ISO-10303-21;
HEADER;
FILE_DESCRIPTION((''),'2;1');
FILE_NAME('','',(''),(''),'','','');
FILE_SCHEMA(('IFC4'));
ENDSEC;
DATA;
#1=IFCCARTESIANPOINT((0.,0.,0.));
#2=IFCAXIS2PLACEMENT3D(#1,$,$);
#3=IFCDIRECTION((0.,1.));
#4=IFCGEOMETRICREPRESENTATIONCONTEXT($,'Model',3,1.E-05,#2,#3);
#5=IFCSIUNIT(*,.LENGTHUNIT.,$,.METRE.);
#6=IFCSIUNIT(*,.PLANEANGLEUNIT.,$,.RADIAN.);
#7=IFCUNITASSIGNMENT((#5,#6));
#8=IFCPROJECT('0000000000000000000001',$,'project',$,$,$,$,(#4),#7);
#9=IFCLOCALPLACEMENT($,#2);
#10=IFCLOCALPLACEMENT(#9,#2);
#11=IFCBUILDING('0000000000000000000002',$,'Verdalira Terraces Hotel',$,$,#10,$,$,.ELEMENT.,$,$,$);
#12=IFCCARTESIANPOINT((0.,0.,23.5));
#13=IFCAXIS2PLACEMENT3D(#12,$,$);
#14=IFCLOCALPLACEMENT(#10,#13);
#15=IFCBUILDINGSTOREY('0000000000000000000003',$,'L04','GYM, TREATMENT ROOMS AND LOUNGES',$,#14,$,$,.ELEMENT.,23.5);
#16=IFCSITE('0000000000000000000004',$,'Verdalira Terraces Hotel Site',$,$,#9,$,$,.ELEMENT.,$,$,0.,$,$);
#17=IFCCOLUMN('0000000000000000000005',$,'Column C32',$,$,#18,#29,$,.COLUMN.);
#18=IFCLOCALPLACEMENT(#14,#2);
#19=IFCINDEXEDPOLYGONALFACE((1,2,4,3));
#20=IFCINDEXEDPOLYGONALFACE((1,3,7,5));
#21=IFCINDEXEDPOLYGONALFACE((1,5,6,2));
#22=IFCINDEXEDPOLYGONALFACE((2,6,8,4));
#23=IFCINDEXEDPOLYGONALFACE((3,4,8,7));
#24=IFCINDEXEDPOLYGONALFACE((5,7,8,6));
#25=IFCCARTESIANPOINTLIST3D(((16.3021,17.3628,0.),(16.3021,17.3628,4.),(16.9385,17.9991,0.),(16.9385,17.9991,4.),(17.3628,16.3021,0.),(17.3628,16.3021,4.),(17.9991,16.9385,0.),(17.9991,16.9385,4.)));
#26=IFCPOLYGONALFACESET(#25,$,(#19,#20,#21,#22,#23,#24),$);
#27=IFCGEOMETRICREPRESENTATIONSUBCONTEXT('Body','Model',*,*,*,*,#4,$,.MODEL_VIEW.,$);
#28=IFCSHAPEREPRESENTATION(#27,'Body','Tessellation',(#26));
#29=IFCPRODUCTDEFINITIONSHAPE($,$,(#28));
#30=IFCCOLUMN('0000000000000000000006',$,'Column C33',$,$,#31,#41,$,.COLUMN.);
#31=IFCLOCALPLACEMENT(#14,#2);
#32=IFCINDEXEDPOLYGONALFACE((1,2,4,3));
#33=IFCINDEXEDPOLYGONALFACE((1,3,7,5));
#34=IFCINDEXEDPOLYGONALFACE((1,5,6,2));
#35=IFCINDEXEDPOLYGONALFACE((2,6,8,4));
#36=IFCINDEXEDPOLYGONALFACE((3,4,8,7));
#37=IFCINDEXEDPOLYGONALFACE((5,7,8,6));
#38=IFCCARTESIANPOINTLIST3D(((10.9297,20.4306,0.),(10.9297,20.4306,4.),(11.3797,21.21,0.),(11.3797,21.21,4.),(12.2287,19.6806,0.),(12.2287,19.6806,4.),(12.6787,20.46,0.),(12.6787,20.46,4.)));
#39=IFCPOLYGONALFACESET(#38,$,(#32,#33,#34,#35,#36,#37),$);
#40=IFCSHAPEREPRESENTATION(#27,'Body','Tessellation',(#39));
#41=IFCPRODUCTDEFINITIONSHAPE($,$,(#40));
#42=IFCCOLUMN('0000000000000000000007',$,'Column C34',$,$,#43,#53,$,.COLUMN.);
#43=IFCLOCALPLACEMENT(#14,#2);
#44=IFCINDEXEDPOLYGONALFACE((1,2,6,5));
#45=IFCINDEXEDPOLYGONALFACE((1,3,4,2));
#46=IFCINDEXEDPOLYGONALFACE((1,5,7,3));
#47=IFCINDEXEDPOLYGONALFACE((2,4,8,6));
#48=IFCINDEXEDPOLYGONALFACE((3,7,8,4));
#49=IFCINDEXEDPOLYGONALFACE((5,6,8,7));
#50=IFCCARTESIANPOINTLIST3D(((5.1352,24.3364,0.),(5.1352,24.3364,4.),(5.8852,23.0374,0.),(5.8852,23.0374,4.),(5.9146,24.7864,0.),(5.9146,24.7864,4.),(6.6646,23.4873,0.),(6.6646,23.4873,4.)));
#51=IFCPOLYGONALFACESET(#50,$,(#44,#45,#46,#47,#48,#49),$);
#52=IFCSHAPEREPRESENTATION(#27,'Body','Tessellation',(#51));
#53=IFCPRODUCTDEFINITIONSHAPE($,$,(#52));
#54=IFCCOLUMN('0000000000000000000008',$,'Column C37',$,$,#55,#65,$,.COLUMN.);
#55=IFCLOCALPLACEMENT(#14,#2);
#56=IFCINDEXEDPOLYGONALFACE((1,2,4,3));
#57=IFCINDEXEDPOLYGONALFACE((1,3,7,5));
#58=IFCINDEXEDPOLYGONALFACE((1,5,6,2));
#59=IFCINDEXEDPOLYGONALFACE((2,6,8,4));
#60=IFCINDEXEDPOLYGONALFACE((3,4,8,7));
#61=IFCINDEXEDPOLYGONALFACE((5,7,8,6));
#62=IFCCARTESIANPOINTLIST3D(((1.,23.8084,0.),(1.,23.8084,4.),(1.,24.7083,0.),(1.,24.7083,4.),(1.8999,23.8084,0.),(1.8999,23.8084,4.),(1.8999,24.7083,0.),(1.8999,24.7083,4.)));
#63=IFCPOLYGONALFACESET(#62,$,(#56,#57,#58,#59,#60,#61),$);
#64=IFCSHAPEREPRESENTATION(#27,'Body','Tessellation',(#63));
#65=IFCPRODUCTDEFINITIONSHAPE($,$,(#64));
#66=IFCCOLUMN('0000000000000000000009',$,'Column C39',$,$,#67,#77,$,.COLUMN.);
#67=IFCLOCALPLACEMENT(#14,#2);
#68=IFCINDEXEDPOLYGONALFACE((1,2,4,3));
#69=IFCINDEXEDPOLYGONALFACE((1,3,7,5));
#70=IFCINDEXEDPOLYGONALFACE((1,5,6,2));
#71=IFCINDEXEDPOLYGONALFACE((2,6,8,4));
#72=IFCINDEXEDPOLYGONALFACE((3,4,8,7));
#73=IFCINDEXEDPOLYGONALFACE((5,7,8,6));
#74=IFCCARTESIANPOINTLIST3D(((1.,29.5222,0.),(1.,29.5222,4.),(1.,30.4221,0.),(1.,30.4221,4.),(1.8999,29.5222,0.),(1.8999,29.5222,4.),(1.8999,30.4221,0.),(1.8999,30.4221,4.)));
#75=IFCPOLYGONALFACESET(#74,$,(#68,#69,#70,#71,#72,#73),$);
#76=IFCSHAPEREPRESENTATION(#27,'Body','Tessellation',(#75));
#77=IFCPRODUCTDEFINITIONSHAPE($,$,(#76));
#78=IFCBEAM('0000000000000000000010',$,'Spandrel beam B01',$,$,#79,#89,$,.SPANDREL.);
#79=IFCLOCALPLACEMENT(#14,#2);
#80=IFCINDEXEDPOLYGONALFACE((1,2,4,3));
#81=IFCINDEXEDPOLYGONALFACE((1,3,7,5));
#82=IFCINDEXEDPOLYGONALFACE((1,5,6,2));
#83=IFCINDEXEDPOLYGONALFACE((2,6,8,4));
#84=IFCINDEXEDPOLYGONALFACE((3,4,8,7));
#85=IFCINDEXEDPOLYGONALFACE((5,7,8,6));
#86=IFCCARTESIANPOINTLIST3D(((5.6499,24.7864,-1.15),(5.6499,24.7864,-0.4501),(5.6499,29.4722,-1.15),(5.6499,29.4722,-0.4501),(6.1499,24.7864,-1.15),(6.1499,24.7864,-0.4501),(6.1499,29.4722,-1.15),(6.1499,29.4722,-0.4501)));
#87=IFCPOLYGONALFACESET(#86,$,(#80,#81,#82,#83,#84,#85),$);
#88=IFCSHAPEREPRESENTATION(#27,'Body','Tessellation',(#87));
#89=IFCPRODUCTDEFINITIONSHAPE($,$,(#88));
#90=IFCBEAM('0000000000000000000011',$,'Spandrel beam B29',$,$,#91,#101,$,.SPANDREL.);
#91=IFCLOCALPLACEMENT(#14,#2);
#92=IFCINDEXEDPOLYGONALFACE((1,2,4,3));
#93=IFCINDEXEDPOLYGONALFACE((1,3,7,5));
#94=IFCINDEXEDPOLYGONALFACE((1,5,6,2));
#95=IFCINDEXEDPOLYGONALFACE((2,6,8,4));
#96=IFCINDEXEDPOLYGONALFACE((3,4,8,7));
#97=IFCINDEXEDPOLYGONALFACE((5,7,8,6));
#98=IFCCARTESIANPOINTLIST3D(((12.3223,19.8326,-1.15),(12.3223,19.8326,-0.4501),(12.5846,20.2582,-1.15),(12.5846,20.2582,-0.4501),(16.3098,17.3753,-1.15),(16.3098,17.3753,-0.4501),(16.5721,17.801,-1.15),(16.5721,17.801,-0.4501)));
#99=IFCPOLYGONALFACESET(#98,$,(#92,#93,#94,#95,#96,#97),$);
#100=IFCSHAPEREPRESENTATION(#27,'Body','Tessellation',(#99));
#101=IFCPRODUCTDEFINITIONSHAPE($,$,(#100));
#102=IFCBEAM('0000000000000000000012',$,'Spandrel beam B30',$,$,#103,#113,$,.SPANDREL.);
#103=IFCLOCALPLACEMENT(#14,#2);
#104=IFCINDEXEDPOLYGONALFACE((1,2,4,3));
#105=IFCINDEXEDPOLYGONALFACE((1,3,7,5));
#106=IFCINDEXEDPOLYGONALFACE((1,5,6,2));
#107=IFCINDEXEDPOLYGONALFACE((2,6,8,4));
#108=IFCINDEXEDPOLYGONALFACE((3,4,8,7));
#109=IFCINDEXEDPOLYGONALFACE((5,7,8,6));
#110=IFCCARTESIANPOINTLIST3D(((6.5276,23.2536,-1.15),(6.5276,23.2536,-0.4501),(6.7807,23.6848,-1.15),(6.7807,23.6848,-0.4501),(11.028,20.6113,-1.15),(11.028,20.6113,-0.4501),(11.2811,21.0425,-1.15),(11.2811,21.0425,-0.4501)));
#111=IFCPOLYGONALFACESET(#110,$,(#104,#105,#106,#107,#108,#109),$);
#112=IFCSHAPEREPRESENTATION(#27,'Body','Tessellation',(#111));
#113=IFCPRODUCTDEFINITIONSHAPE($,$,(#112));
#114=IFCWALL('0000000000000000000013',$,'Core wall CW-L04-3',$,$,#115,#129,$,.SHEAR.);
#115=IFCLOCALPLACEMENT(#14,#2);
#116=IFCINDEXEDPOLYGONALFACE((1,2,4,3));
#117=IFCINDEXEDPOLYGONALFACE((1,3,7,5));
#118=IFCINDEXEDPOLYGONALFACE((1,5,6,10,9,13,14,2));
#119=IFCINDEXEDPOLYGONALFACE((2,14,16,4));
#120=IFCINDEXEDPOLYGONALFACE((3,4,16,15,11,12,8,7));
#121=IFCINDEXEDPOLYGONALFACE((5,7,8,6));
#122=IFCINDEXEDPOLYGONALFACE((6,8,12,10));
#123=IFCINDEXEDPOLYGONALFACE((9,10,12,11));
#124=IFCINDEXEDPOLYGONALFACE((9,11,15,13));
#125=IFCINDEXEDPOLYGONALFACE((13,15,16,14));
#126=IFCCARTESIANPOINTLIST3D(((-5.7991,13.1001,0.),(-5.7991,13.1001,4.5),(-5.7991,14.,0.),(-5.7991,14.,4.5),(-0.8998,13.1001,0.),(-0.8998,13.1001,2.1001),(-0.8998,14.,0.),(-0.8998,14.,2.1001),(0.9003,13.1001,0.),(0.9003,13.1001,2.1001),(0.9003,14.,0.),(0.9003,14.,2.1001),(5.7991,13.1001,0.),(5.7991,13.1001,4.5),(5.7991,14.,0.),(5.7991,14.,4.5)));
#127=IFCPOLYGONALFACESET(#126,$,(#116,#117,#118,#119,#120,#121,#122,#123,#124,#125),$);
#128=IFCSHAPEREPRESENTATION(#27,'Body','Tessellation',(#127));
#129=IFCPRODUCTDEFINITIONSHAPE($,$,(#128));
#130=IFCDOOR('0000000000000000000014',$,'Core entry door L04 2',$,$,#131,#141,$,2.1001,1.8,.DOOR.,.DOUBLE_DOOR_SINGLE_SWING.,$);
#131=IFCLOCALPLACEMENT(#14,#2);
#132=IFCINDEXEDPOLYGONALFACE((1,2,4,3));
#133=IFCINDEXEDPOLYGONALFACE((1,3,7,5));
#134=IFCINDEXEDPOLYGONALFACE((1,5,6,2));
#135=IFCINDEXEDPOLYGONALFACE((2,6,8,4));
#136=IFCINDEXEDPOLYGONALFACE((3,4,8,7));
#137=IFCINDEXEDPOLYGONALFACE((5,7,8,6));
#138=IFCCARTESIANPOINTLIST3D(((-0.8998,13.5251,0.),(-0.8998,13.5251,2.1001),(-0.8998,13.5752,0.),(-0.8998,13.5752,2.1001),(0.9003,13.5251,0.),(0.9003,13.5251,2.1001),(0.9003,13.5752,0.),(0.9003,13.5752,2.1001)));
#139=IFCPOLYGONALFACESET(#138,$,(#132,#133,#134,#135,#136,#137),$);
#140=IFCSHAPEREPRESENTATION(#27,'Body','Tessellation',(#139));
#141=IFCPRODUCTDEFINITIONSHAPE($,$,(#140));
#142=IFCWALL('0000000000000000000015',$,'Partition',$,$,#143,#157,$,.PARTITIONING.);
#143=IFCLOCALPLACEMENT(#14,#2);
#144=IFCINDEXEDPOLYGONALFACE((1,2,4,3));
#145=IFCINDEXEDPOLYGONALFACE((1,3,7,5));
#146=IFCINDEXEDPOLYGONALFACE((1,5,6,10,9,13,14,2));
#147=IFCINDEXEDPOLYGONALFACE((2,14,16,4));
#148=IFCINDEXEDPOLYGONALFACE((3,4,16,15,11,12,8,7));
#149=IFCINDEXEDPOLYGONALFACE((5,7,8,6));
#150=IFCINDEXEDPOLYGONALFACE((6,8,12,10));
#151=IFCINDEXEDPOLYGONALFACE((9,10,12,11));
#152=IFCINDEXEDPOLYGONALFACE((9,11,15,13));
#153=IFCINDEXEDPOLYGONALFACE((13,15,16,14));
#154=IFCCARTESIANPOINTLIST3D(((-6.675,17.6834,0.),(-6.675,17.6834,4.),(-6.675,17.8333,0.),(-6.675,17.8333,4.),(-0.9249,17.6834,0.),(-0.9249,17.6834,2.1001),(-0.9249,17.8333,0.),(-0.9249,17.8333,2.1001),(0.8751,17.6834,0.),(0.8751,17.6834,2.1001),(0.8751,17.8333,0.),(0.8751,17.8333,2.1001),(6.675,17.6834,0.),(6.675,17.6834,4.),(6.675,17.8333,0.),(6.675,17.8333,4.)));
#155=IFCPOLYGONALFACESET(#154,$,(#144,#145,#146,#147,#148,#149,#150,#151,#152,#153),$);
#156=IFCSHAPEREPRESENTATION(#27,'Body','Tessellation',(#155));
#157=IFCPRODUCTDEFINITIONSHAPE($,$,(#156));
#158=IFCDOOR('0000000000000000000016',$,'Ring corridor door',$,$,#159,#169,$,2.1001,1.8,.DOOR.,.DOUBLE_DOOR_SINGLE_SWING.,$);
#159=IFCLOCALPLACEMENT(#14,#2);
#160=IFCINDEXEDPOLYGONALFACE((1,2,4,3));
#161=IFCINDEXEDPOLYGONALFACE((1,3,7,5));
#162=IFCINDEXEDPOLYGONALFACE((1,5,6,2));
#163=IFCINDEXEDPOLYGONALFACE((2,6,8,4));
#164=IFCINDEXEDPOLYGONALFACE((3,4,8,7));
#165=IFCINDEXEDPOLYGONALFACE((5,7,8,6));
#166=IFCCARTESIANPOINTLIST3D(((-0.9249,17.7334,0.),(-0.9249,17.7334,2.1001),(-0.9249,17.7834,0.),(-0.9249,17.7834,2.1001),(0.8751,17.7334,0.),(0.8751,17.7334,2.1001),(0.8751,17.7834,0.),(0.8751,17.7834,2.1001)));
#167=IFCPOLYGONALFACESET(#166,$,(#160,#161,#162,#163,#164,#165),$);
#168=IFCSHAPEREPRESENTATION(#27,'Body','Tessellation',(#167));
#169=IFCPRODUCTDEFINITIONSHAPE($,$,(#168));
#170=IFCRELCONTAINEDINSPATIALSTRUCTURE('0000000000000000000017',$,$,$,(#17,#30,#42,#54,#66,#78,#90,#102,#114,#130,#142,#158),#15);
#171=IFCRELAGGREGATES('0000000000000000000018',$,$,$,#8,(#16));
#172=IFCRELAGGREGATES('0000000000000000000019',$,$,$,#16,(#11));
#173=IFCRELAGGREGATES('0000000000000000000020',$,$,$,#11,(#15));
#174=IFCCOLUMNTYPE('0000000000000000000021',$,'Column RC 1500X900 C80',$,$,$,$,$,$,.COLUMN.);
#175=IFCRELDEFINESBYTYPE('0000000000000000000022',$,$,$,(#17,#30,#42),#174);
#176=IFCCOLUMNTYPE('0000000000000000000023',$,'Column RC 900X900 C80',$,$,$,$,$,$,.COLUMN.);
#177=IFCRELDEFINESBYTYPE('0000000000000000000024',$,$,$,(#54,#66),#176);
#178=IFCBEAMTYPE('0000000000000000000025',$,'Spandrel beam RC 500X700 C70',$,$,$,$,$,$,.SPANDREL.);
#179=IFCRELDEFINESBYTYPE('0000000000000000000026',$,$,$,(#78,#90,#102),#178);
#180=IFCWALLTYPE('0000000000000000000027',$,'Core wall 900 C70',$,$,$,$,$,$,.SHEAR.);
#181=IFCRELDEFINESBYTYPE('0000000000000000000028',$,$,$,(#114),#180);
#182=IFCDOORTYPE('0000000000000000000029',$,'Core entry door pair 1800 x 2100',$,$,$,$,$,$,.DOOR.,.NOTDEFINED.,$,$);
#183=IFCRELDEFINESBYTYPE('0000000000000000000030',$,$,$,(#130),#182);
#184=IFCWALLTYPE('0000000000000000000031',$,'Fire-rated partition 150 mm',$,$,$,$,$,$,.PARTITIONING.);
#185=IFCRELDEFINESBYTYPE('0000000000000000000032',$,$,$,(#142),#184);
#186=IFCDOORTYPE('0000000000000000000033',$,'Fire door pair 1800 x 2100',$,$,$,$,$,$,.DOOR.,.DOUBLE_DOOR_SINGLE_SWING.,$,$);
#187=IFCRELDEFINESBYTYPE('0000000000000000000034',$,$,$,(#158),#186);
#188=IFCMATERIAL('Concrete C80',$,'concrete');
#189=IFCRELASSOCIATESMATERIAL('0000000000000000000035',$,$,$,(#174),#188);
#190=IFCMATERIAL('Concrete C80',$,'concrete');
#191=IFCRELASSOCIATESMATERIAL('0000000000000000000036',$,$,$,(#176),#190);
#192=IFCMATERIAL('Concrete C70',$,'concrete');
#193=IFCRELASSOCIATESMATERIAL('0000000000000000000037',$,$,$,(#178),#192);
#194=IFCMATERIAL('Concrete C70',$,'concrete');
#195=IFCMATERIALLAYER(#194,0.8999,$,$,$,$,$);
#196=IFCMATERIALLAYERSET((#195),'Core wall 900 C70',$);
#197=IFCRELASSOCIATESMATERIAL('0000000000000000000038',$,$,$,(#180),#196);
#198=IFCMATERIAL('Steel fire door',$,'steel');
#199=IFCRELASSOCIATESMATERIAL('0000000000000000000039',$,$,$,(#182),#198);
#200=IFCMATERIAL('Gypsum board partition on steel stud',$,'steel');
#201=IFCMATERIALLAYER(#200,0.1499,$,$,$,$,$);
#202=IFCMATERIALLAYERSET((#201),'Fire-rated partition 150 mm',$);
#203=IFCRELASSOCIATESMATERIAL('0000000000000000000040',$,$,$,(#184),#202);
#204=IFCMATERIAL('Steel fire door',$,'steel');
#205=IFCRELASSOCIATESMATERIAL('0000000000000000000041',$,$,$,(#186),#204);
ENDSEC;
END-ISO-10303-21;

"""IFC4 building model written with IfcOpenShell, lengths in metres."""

from ifc_helpers import new_model, si_unit, direction, frame, frame_2d, origin, origin_2d, place, context, subcontext, project, spatial, rectangle, extrude, material, layer, layer_set, material_profile, profile_set, type_object, element, fill, save


model = new_model("IFC4")

# Units and contexts
model_context = context("Model", 3, precision=1e-05, world=origin(), true_north=direction((0.0, 1.0)))
body_context = subcontext(model_context, "Body", "Model", "MODEL_VIEW")
ifc_project = project(units=[si_unit("LENGTHUNIT", "METRE"), si_unit("PLANEANGLEUNIT", "RADIAN")], contexts=[model_context])

# Site, building, storey
site_placement = place(None, origin())
site = spatial("IfcSite", under=ifc_project, at=site_placement, Name="Verdalira Terraces Hotel Site", CompositionType="ELEMENT", RefElevation=0.0)
building_placement = place(site_placement, origin())
building = spatial("IfcBuilding", under=site, at=building_placement, Name="Verdalira Terraces Hotel", CompositionType="ELEMENT")
storey_placement = place(building_placement, frame((0.0, 0.0, 23.5)))
storey = spatial("IfcBuildingStorey", under=building, at=storey_placement, Name="L04", Description="GYM, TREATMENT ROOMS AND LOUNGES", CompositionType="ELEMENT", Elevation=23.5)

# Columns
ifc_material_1 = material(Name="Concrete C80", Category="concrete")
ifc_material_profile_1 = material_profile(ifc_material_1, rectangle(XDim=1.5, YDim=0.8999, at=origin_2d()), Name="RC 1500X900")
ifc_profile_set_1 = profile_set([ifc_material_profile_1], Name="Concrete C80")
column_type_1 = type_object("IfcColumnType", Name="Column RC 1500X900 C80", PredefinedType="COLUMN", material=ifc_profile_set_1)
for number, where, z_axis, x_axis, name in (
    (1, (17.1506, 17.1506, 0.0), (0.0, 0.0, 1.0), (0.707107, -0.707107, 0.0), "Column C32"),
    (2, (11.8042, 20.4453, 0.0), (0.0, 0.0, 1.0), (-0.866025, 0.5, 0.0), "Column C33"),
    (3, (5.8999, 23.9119, 0.0), (0.0, 0.0, 1.0), (0.5, -0.866025, 0.0), "Column C34"),
):
    element("IfcColumn", number, at=place(storey_placement, frame(where, z_axis=z_axis, x_axis=x_axis)), inside=storey, type_object=column_type_1, Name=name, PredefinedType="COLUMN", context=body_context, shape_type="SweptSolid", body=[
        extrude(rectangle(XDim=1.5, YDim=0.8999, at=origin_2d()), origin(), (0.0, 0.0, 1.0), 4.0),
    ])
ifc_material_2 = material(Name="Concrete C80", Category="concrete")
ifc_material_profile_2 = material_profile(ifc_material_2, rectangle(XDim=0.8999, YDim=0.8999, at=origin_2d()), Name="RC 900X900")
ifc_profile_set_2 = profile_set([ifc_material_profile_2], Name="Concrete C80")
column_type_2 = type_object("IfcColumnType", Name="Column RC 900X900 C80", PredefinedType="COLUMN", material=ifc_profile_set_2)
for number, where, z_axis, x_axis, name in (
    (4, (1.45, 24.2583, 0.0), (0.0, 0.0, 1.0), (0.0, 1.0, 0.0), "Column C37"),
    (5, (1.45, 29.9722, 0.0), (0.0, 0.0, 1.0), (0.0, 1.0, 0.0), "Column C39"),
):
    element("IfcColumn", number, at=place(storey_placement, frame(where, z_axis=z_axis, x_axis=x_axis)), inside=storey, type_object=column_type_2, Name=name, PredefinedType="COLUMN", context=body_context, shape_type="SweptSolid", body=[
        extrude(rectangle(XDim=0.8999, YDim=0.8999, at=origin_2d()), origin(), (0.0, 0.0, 1.0), 4.0),
    ])

# Beams
ifc_material_3 = material(Name="Concrete C70", Category="concrete")
ifc_material_profile_3 = material_profile(ifc_material_3, rectangle(XDim=0.5, YDim=0.7, at=origin_2d()), Name="RC 500X700")
ifc_profile_set_3 = profile_set([ifc_material_profile_3], Name="Concrete C70")
beam_type = type_object("IfcBeamType", Name="Spandrel beam RC 500X700 C70", PredefinedType="SPANDREL", material=ifc_profile_set_3)
beam_1_placement = place(storey_placement, frame((5.8999, 24.7864, -0.8), z_axis=(0.0, 1.0, 0.0), x_axis=(-1.0, 0.0, 0.0)))
element("IfcBeam", 6, at=beam_1_placement, inside=storey, type_object=beam_type, Name="Spandrel beam B01", PredefinedType="SPANDREL", context=body_context, shape_type="SweptSolid", body=[
    extrude(rectangle(XDim=0.5, YDim=0.7, at=origin_2d()), origin(), (0.0, 0.0, 1.0), 4.6858),
])
beam_2_placement = place(storey_placement, frame((16.4409, 17.5881, -0.8), z_axis=(-0.851334, 0.524624, 0.0), x_axis=(-0.524624, -0.851334, 0.0)))
element("IfcBeam", 7, at=beam_2_placement, inside=storey, type_object=beam_type, Name="Spandrel beam B29", PredefinedType="SPANDREL", context=body_context, shape_type="SweptSolid", body=[
    extrude(rectangle(XDim=0.5, YDim=0.7, at=origin_2d()), origin(), (0.0, 0.0, 1.0), 4.6838),
])
beam_3_placement = place(storey_placement, frame((11.1545, 20.8269, -0.8), z_axis=(-0.862354, 0.506306, 0.0), x_axis=(-0.506306, -0.862354, 0.0)))
element("IfcBeam", 8, at=beam_3_placement, inside=storey, type_object=beam_type, Name="Spandrel beam B30", PredefinedType="SPANDREL", context=body_context, shape_type="SweptSolid", body=[
    extrude(rectangle(XDim=0.5, YDim=0.7, at=origin_2d()), origin(), (0.0, 0.0, 1.0), 5.2188),
])

# Walls, openings, doors
ifc_material_4 = material(Name="Concrete C70", Category="concrete")
ifc_layer_1 = layer(ifc_material_4, 0.8999)
ifc_layer_set_1 = layer_set([ifc_layer_1], Name="Core wall 900 C70")
wall_type_1 = type_object("IfcWallType", Name="Core wall 900 C70", PredefinedType="SHEAR", material=ifc_layer_set_1)
wall_1_placement = place(storey_placement, frame((5.7991, 13.55, 0.0), z_axis=(0.0, 0.0, 1.0), x_axis=(-1.0, 0.0, 0.0)))
wall_1 = element("IfcWall", 9, at=wall_1_placement, inside=storey, type_object=wall_type_1, Name="Core wall CW-L04-3", PredefinedType="SHEAR", context=body_context, shape_type="SweptSolid", body=[
    extrude(rectangle(XDim=11.5981, YDim=0.8999, at=frame_2d((5.7991, 0.0))), origin(), (0.0, 0.0, 1.0), 4.5),
])
opening_1_placement = place(wall_1_placement, frame((4.8989, 0.0, 0.0)))
opening_1 = element("IfcOpeningElement", 10, at=opening_1_placement, cuts=wall_1, PredefinedType="OPENING", context=body_context, shape_type="SweptSolid", body=[
    extrude(rectangle(XDim=1.8, YDim=2.1001, at=frame_2d((0.8999, 1.05))), frame((0.0, 0.46, 0.0), z_axis=(0.0, -1.0, 0.0), x_axis=(1.0, 0.0, 0.0)), (0.0, 0.0, 1.0), 0.9199),
])
ifc_material_5 = material(Name="Steel fire door", Category="steel")
door_type_1 = type_object("IfcDoorType", Name="Core entry door pair 1800 x 2100", OperationType="NOTDEFINED", PredefinedType="DOOR", material=ifc_material_5)
door_1_placement = place(opening_1_placement, origin())
door_1 = element("IfcDoor", 11, at=door_1_placement, inside=storey, type_object=door_type_1, Name="Core entry door L04 2", OperationType="DOUBLE_DOOR_SINGLE_SWING", OverallHeight=2.1001, OverallWidth=1.8, PredefinedType="DOOR", context=body_context, shape_type="SweptSolid", body=[
    extrude(rectangle(XDim=1.8, YDim=2.1001, at=frame_2d((0.8999, 1.05))), frame((0.0, 0.0249, 0.0), z_axis=(0.0, -1.0, 0.0), x_axis=(1.0, 0.0, 0.0)), (0.0, 0.0, 1.0), 0.05),
])
fill(opening_1, door_1)
ifc_material_6 = material(Name="Gypsum board partition on steel stud", Category="steel")
ifc_layer_2 = layer(ifc_material_6, 0.1499)
ifc_layer_set_2 = layer_set([ifc_layer_2], Name="Fire-rated partition 150 mm")
wall_type_2 = type_object("IfcWallType", Name="Fire-rated partition 150 mm", PredefinedType="PARTITIONING", material=ifc_layer_set_2)
wall_2_placement = place(storey_placement, frame((6.675, 17.7583, 0.0), z_axis=(0.0, 0.0, 1.0), x_axis=(-1.0, 0.0, 0.0)))
wall_2 = element("IfcWall", 12, at=wall_2_placement, inside=storey, type_object=wall_type_2, Name="Partition", PredefinedType="PARTITIONING", context=body_context, shape_type="SweptSolid", body=[
    extrude(rectangle(XDim=13.3501, YDim=0.1499, at=frame_2d((6.675, 0.0))), origin(), (0.0, 0.0, 1.0), 4.0),
])
opening_2_placement = place(wall_2_placement, frame((5.8, 0.0, 0.0)))
opening_2 = element("IfcOpeningElement", 13, at=opening_2_placement, cuts=wall_2, PredefinedType="OPENING", context=body_context, shape_type="SweptSolid", body=[
    extrude(rectangle(XDim=1.8, YDim=2.1001, at=frame_2d((0.8999, 1.05))), frame((0.0, 0.085, 0.0), z_axis=(0.0, -1.0, 0.0), x_axis=(1.0, 0.0, 0.0)), (0.0, 0.0, 1.0), 0.1699),
])
ifc_material_7 = material(Name="Steel fire door", Category="steel")
door_type_2 = type_object("IfcDoorType", Name="Fire door pair 1800 x 2100", OperationType="DOUBLE_DOOR_SINGLE_SWING", PredefinedType="DOOR", material=ifc_material_7)
door_2_placement = place(opening_2_placement, origin())
door_2 = element("IfcDoor", 14, at=door_2_placement, inside=storey, type_object=door_type_2, Name="Ring corridor door", OperationType="DOUBLE_DOOR_SINGLE_SWING", OverallHeight=2.1001, OverallWidth=1.8, PredefinedType="DOOR", context=body_context, shape_type="SweptSolid", body=[
    extrude(rectangle(XDim=1.8, YDim=2.1001, at=frame_2d((0.8999, 1.05))), frame((0.0, 0.0249, 0.0), z_axis=(0.0, -1.0, 0.0), x_axis=(1.0, 0.0, 0.0)), (0.0, 0.0, 1.0), 0.05),
])
fill(opening_2, door_2)

save(model, "model.ifc")
